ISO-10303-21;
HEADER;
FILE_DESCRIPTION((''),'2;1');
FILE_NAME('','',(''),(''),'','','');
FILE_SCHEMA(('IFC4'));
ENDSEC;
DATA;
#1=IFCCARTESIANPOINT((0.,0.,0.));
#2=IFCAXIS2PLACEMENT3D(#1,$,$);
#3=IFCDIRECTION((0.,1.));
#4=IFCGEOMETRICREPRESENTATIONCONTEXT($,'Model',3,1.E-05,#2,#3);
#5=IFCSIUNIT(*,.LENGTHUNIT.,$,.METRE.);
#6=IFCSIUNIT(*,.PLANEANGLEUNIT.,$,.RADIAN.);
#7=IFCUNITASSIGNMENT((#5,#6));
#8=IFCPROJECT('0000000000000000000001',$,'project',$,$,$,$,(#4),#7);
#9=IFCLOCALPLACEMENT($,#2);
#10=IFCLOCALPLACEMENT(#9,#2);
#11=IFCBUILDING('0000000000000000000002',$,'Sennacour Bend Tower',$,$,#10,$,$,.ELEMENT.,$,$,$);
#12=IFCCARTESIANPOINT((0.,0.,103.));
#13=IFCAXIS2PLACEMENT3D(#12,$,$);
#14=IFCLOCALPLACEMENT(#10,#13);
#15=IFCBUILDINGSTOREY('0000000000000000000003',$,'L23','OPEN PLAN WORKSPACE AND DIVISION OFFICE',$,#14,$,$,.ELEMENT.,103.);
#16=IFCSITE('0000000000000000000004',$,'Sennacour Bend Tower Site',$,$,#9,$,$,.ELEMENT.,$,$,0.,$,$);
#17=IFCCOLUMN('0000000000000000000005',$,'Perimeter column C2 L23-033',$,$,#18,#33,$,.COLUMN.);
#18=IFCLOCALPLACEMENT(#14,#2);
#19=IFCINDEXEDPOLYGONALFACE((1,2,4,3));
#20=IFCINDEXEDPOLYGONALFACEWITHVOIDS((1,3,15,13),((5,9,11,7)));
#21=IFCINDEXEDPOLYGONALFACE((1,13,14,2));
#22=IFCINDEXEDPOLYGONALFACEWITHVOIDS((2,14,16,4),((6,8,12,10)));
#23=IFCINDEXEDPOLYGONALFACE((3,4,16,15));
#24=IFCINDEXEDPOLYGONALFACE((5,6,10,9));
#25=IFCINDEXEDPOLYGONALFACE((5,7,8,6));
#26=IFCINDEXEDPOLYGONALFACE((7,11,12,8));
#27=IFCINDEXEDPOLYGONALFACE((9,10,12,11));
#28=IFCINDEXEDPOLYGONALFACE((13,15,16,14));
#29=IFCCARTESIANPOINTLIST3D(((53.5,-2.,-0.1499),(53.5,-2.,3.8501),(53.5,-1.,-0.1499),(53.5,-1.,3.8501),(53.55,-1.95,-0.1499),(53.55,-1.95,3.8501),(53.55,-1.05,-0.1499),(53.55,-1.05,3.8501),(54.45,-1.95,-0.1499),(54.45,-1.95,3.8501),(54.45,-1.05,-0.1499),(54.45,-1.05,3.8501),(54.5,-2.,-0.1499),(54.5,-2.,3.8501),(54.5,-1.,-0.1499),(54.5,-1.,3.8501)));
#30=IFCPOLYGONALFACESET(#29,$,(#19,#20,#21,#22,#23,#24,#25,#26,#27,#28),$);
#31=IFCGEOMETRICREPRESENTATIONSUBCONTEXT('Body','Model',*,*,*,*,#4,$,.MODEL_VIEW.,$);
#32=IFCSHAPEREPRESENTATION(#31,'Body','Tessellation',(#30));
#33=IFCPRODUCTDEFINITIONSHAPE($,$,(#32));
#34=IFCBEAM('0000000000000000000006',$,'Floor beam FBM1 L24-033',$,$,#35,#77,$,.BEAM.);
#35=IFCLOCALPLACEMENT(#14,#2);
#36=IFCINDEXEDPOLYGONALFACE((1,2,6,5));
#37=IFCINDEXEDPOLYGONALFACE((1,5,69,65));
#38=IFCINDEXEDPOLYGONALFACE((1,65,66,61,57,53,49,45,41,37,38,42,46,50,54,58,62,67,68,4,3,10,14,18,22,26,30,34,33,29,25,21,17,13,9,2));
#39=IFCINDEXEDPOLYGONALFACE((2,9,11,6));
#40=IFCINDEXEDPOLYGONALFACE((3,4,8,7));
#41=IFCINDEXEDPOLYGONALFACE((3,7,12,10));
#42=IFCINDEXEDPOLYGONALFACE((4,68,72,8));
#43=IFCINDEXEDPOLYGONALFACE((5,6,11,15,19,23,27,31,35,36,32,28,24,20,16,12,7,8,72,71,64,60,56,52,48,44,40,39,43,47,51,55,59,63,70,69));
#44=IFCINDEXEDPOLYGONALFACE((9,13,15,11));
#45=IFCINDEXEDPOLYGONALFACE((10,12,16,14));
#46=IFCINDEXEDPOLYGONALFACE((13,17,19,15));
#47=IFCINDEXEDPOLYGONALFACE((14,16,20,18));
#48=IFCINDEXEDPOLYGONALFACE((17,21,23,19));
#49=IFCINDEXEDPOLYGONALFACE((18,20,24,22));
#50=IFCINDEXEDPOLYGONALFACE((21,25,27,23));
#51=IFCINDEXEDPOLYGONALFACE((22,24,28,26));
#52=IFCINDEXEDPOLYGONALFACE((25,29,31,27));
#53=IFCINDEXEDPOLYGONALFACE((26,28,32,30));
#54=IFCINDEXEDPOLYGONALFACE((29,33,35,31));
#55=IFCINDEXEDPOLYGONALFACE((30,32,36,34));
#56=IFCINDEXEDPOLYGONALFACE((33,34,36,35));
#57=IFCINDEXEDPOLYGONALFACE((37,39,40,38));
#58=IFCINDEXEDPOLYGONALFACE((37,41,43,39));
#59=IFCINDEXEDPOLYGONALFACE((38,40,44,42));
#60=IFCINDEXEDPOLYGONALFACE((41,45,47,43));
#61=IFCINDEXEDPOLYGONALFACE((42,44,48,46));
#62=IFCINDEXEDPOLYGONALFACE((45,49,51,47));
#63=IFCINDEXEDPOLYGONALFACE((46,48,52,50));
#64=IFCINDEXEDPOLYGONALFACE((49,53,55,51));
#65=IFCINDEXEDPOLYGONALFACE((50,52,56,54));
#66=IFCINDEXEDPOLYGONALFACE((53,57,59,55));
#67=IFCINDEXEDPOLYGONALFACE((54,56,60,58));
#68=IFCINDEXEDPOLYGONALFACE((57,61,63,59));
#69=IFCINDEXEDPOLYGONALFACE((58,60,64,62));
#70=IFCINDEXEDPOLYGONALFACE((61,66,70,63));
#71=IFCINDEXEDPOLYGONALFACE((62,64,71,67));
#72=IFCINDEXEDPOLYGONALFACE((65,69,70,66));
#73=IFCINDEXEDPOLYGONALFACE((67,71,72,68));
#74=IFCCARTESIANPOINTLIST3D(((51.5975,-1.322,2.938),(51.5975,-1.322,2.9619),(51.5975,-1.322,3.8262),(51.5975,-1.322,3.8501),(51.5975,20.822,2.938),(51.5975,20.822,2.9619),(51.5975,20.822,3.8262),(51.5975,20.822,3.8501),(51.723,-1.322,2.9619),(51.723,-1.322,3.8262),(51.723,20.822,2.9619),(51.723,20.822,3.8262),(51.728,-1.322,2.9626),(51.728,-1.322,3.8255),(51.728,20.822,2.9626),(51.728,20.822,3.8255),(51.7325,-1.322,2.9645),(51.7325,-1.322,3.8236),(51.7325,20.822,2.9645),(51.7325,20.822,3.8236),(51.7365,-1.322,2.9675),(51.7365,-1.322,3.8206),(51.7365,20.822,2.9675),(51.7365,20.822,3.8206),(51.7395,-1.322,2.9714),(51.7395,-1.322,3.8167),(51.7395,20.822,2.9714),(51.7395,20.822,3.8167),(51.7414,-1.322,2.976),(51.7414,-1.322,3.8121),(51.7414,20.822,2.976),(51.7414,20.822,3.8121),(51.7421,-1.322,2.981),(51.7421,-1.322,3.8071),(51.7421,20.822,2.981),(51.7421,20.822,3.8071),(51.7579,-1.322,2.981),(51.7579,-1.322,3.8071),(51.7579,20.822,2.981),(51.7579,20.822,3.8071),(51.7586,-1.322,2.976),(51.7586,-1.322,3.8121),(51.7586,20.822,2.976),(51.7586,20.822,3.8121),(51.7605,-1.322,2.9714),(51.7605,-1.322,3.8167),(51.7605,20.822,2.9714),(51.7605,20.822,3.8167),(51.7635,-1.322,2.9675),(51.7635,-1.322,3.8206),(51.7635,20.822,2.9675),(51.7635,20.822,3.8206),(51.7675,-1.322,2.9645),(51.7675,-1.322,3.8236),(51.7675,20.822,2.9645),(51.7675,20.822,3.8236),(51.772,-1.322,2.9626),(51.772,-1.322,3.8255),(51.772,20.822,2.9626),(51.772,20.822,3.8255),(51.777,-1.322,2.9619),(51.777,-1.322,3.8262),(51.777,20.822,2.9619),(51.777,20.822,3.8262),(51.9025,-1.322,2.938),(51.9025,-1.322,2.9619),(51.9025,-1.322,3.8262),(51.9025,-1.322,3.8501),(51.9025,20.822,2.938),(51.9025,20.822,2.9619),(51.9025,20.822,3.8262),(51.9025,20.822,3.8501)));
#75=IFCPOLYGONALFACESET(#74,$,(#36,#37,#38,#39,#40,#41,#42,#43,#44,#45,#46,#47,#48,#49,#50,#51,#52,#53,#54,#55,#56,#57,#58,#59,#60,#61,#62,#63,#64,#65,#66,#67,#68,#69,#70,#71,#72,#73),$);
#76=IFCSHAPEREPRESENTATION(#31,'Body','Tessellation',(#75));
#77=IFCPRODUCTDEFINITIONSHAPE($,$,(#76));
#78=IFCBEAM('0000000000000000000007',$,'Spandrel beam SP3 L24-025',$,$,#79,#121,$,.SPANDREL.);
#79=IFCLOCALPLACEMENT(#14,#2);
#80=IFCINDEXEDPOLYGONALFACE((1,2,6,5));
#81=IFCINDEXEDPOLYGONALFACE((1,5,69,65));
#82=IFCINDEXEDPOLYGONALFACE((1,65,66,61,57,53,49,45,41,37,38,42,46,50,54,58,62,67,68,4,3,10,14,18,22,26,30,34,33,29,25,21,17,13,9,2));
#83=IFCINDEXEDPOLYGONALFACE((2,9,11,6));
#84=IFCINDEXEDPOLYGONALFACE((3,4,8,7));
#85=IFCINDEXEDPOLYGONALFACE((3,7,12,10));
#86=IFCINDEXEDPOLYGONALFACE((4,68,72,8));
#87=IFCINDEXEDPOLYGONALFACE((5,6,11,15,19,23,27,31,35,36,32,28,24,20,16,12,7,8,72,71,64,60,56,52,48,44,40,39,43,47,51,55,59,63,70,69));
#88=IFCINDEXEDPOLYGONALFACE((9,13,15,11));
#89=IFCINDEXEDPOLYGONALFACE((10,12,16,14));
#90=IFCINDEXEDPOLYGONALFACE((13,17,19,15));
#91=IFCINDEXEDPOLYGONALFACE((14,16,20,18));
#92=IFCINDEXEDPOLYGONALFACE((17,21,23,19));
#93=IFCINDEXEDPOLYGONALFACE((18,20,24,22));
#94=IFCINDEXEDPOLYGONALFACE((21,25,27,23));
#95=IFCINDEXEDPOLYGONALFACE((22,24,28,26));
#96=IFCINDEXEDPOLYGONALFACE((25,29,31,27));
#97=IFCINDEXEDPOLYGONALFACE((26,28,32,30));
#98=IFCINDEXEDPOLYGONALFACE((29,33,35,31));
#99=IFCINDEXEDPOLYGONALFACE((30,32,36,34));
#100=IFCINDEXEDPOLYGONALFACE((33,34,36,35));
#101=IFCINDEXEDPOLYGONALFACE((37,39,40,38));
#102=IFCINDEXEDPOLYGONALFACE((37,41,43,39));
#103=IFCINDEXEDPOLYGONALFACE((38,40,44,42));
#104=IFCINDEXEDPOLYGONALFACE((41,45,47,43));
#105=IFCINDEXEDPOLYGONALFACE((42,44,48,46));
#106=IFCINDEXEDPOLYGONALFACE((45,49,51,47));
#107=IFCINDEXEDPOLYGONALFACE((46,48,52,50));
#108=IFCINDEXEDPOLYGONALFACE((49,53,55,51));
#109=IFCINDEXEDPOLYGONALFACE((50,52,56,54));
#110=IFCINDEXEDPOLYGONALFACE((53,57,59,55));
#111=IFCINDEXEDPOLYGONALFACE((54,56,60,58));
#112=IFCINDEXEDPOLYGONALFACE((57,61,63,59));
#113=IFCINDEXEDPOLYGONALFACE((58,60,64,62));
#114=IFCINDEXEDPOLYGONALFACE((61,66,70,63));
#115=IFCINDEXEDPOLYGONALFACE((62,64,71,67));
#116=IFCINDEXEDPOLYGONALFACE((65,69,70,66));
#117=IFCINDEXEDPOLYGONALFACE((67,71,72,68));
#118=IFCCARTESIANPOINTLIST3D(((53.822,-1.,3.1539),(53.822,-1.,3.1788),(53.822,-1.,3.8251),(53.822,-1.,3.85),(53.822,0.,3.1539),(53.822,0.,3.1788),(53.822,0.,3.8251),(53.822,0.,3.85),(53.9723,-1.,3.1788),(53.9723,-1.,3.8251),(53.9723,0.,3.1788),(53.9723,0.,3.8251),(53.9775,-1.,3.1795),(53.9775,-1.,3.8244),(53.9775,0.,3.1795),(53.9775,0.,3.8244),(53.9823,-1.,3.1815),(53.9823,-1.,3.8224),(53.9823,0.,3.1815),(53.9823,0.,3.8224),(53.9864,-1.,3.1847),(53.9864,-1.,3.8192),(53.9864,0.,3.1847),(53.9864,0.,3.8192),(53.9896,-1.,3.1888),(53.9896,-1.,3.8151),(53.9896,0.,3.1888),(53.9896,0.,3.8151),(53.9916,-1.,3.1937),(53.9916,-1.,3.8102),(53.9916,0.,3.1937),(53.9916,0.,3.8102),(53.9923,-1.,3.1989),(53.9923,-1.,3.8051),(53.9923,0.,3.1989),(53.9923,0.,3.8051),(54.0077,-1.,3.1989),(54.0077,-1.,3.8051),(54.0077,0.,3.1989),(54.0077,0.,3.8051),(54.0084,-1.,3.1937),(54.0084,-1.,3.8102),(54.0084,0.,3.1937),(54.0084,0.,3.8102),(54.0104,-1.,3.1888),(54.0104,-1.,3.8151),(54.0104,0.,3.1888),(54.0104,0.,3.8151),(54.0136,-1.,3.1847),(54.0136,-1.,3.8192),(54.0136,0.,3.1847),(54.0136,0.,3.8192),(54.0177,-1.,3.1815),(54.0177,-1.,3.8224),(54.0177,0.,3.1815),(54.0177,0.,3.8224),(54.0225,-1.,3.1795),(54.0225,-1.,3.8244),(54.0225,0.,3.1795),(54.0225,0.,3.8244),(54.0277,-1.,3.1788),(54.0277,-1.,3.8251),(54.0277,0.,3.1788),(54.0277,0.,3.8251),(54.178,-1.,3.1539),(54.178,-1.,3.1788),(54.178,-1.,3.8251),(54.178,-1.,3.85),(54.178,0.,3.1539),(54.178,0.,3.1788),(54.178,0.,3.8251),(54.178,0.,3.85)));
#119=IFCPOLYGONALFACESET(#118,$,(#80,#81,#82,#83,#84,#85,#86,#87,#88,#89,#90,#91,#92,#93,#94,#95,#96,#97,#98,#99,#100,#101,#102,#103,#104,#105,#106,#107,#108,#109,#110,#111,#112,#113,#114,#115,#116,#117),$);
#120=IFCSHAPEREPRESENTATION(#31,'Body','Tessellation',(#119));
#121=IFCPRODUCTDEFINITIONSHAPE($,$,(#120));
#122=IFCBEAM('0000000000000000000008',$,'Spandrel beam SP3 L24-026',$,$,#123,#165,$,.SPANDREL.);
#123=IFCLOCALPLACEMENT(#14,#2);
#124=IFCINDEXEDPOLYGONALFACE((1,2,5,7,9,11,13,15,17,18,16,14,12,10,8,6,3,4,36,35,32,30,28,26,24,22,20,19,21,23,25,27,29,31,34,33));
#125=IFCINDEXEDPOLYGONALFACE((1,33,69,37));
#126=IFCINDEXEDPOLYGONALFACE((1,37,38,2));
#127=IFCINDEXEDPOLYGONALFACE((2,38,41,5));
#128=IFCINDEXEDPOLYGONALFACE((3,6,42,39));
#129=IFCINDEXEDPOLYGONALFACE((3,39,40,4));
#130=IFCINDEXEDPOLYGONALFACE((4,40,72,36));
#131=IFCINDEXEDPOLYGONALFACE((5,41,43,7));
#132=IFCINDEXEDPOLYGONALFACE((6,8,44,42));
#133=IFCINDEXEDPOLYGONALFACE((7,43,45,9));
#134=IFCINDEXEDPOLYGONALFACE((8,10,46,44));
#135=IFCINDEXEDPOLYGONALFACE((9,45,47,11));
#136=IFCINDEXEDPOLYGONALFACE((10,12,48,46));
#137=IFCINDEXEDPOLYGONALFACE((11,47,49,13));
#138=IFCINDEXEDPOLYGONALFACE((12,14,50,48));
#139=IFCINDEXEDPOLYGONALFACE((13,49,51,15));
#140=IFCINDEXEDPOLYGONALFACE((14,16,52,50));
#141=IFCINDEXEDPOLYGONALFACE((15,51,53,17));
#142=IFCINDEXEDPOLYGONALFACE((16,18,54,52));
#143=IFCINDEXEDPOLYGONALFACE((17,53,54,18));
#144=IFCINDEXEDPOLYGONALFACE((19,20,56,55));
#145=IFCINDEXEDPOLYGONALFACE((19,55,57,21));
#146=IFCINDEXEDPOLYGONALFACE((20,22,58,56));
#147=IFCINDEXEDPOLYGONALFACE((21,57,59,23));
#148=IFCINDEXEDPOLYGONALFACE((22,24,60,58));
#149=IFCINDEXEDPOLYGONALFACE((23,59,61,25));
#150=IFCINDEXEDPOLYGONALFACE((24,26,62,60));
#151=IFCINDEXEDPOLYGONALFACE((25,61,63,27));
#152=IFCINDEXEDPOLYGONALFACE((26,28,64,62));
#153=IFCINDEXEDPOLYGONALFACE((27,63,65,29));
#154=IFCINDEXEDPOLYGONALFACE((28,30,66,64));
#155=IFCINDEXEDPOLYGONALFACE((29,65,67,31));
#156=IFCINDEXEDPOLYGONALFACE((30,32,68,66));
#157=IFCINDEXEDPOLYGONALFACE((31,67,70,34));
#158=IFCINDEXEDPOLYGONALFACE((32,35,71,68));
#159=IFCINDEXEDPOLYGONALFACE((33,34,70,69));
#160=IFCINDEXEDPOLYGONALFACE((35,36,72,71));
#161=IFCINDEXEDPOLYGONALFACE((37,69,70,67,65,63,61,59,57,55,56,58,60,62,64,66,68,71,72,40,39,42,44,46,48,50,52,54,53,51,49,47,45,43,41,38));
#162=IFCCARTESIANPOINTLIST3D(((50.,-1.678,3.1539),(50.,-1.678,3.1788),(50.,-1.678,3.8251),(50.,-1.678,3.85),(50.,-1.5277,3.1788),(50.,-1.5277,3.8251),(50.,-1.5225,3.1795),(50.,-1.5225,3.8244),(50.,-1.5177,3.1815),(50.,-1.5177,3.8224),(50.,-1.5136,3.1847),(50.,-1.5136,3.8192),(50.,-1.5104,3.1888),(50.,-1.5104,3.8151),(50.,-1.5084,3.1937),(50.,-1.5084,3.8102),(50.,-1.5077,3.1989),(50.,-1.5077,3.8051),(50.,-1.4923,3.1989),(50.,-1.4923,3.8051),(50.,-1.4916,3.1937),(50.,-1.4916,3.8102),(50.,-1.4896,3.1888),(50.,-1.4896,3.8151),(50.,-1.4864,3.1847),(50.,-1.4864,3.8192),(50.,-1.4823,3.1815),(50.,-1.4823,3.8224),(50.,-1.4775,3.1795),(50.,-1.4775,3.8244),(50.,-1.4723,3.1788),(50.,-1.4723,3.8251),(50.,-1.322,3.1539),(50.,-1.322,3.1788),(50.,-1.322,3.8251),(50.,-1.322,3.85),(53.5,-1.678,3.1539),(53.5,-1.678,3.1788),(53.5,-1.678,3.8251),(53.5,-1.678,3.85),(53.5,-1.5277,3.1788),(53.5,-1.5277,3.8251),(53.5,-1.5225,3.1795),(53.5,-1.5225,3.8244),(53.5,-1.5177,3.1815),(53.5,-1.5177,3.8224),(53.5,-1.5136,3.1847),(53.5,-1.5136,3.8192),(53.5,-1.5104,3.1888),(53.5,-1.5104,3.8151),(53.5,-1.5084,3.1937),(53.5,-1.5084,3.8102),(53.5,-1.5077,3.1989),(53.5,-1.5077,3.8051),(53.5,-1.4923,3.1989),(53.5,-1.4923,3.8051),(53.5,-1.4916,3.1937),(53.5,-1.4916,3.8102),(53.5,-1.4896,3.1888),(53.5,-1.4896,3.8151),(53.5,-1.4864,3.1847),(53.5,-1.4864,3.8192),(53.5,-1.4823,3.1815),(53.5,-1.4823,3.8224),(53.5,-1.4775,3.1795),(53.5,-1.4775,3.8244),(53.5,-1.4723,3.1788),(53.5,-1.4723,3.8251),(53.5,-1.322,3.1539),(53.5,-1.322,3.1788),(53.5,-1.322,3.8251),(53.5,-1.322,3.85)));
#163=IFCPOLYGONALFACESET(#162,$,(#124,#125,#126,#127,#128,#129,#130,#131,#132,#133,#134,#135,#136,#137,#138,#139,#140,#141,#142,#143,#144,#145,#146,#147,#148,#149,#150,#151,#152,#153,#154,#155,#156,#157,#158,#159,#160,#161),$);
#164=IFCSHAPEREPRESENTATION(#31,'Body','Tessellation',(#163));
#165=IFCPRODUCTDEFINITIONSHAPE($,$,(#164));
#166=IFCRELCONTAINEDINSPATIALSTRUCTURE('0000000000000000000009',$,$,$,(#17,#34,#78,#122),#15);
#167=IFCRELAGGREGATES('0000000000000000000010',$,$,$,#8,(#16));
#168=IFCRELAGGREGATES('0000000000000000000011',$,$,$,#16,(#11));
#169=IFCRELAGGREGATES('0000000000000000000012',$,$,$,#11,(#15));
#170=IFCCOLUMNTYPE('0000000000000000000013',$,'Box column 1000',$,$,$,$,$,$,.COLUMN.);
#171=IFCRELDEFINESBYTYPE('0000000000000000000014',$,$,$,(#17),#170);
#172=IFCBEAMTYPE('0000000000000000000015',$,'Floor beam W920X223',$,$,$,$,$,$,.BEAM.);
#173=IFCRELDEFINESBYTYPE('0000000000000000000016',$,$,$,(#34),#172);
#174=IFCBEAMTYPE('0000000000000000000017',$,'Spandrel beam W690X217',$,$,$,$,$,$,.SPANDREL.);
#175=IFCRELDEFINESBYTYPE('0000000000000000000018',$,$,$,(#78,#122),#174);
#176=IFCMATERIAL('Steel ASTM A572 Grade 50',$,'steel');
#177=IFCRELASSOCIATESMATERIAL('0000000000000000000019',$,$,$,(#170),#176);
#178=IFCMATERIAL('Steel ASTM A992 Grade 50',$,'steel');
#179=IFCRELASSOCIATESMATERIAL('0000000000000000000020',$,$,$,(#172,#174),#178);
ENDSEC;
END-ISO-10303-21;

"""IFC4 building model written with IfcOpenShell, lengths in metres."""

from ifc_helpers import new_model, si_unit, direction, frame, origin, origin_2d, place, context, subcontext, project, spatial, hollow_rectangle, i_section, extrude, material, material_profile, profile_set, type_object, element, save


model = new_model("IFC4")

# Units and contexts
model_context = context("Model", 3, precision=1e-05, world=origin(), true_north=direction((0.0, 1.0)))
body_context = subcontext(model_context, "Body", "Model", "MODEL_VIEW")
ifc_project = project(units=[si_unit("LENGTHUNIT", "METRE"), si_unit("PLANEANGLEUNIT", "RADIAN")], contexts=[model_context])

# Site, building, storey
site_placement = place(None, origin())
site = spatial("IfcSite", under=ifc_project, at=site_placement, Name="Sennacour Bend Tower Site", CompositionType="ELEMENT", RefElevation=0.0)
building_placement = place(site_placement, origin())
building = spatial("IfcBuilding", under=site, at=building_placement, Name="Sennacour Bend Tower", CompositionType="ELEMENT")
storey_placement = place(building_placement, frame((0.0, 0.0, 103.0)))
storey = spatial("IfcBuildingStorey", under=building, at=storey_placement, Name="L23", Description="OPEN PLAN WORKSPACE AND DIVISION OFFICE", CompositionType="ELEMENT", Elevation=103.0)

# Column
ifc_material_1 = material(Name="Steel ASTM A572 Grade 50", Category="steel")
ifc_material_profile_1 = material_profile(ifc_material_1, hollow_rectangle(XDim=1.0, YDim=1.0, WallThickness=0.05, at=origin_2d()), Name="Steel ASTM A572 Grade 50", Category="steel")
ifc_profile_set_1 = profile_set([ifc_material_profile_1], Name="Steel ASTM A572 Grade 50")
column_type = type_object("IfcColumnType", Name="Box column 1000", PredefinedType="COLUMN", material=ifc_profile_set_1)
column_placement = place(storey_placement, frame((54.0, -1.5, -0.1499), z_axis=(0.0, 0.0, 1.0), x_axis=(1.0, 0.0, 0.0)))
element("IfcColumn", 1, at=column_placement, inside=storey, type_object=column_type, Name="Perimeter column C2 L23-033", PredefinedType="COLUMN", context=body_context, shape_type="SweptSolid", body=[
    extrude(hollow_rectangle(XDim=1.0, YDim=1.0, WallThickness=0.05, at=origin_2d()), origin(), (0.0, 0.0, 1.0), 4.0),
])

# Beams
ifc_material_2 = material(Name="Steel ASTM A992 Grade 50", Category="steel")
ifc_material_profile_2 = material_profile(ifc_material_2, i_section(OverallWidth=0.3049, OverallDepth=0.9121, WebThickness=0.0159, FlangeThickness=0.0239, FilletRadius=0.019, at=origin_2d()), Name="Steel ASTM A992 Grade 50", Category="steel")
ifc_profile_set_2 = profile_set([ifc_material_profile_2], Name="Steel ASTM A992 Grade 50")
beam_type_1 = type_object("IfcBeamType", Name="Floor beam W920X223", PredefinedType="BEAM", material=ifc_profile_set_2)
beam_1_placement = place(storey_placement, frame((51.75, -1.322, 3.394), z_axis=(0.0, 1.0, 0.0), x_axis=(-1.0, 0.0, 0.0)))
element("IfcBeam", 2, at=beam_1_placement, inside=storey, type_object=beam_type_1, Name="Floor beam FBM1 L24-033", PredefinedType="BEAM", context=body_context, shape_type="SweptSolid", body=[
    extrude(i_section(OverallWidth=0.3049, OverallDepth=0.9121, WebThickness=0.0159, FlangeThickness=0.0239, FilletRadius=0.019, at=origin_2d()), origin(), (0.0, 0.0, 1.0), 22.144),
])
ifc_material_profile_3 = material_profile(ifc_material_2, i_section(OverallWidth=0.356, OverallDepth=0.696, WebThickness=0.0154, FlangeThickness=0.0249, FilletRadius=0.02, at=origin_2d()), Name="Steel ASTM A992 Grade 50", Category="steel")
ifc_profile_set_3 = profile_set([ifc_material_profile_3], Name="Steel ASTM A992 Grade 50")
beam_type_2 = type_object("IfcBeamType", Name="Spandrel beam W690X217", PredefinedType="SPANDREL", material=ifc_profile_set_3)
beam_2_placement = place(storey_placement, frame((54.0, 0.0, 3.502), z_axis=(0.0, -1.0, 0.0), x_axis=(1.0, 0.0, 0.0)))
element("IfcBeam", 3, at=beam_2_placement, inside=storey, type_object=beam_type_2, Name="Spandrel beam SP3 L24-025", PredefinedType="SPANDREL", context=body_context, shape_type="SweptSolid", body=[
    extrude(i_section(OverallWidth=0.356, OverallDepth=0.696, WebThickness=0.0154, FlangeThickness=0.0249, FilletRadius=0.02, at=origin_2d()), origin(), (0.0, 0.0, 1.0), 1.0),
])
beam_3_placement = place(storey_placement, frame((53.5, -1.5, 3.502), z_axis=(-1.0, 0.0, 0.0), x_axis=(0.0, -1.0, 0.0)))
element("IfcBeam", 4, at=beam_3_placement, inside=storey, type_object=beam_type_2, Name="Spandrel beam SP3 L24-026", PredefinedType="SPANDREL", context=body_context, shape_type="SweptSolid", body=[
    extrude(i_section(OverallWidth=0.356, OverallDepth=0.696, WebThickness=0.0154, FlangeThickness=0.0249, FilletRadius=0.02, at=origin_2d()), origin(), (0.0, 0.0, 1.0), 3.5),
])

save(model, "model.ifc")
